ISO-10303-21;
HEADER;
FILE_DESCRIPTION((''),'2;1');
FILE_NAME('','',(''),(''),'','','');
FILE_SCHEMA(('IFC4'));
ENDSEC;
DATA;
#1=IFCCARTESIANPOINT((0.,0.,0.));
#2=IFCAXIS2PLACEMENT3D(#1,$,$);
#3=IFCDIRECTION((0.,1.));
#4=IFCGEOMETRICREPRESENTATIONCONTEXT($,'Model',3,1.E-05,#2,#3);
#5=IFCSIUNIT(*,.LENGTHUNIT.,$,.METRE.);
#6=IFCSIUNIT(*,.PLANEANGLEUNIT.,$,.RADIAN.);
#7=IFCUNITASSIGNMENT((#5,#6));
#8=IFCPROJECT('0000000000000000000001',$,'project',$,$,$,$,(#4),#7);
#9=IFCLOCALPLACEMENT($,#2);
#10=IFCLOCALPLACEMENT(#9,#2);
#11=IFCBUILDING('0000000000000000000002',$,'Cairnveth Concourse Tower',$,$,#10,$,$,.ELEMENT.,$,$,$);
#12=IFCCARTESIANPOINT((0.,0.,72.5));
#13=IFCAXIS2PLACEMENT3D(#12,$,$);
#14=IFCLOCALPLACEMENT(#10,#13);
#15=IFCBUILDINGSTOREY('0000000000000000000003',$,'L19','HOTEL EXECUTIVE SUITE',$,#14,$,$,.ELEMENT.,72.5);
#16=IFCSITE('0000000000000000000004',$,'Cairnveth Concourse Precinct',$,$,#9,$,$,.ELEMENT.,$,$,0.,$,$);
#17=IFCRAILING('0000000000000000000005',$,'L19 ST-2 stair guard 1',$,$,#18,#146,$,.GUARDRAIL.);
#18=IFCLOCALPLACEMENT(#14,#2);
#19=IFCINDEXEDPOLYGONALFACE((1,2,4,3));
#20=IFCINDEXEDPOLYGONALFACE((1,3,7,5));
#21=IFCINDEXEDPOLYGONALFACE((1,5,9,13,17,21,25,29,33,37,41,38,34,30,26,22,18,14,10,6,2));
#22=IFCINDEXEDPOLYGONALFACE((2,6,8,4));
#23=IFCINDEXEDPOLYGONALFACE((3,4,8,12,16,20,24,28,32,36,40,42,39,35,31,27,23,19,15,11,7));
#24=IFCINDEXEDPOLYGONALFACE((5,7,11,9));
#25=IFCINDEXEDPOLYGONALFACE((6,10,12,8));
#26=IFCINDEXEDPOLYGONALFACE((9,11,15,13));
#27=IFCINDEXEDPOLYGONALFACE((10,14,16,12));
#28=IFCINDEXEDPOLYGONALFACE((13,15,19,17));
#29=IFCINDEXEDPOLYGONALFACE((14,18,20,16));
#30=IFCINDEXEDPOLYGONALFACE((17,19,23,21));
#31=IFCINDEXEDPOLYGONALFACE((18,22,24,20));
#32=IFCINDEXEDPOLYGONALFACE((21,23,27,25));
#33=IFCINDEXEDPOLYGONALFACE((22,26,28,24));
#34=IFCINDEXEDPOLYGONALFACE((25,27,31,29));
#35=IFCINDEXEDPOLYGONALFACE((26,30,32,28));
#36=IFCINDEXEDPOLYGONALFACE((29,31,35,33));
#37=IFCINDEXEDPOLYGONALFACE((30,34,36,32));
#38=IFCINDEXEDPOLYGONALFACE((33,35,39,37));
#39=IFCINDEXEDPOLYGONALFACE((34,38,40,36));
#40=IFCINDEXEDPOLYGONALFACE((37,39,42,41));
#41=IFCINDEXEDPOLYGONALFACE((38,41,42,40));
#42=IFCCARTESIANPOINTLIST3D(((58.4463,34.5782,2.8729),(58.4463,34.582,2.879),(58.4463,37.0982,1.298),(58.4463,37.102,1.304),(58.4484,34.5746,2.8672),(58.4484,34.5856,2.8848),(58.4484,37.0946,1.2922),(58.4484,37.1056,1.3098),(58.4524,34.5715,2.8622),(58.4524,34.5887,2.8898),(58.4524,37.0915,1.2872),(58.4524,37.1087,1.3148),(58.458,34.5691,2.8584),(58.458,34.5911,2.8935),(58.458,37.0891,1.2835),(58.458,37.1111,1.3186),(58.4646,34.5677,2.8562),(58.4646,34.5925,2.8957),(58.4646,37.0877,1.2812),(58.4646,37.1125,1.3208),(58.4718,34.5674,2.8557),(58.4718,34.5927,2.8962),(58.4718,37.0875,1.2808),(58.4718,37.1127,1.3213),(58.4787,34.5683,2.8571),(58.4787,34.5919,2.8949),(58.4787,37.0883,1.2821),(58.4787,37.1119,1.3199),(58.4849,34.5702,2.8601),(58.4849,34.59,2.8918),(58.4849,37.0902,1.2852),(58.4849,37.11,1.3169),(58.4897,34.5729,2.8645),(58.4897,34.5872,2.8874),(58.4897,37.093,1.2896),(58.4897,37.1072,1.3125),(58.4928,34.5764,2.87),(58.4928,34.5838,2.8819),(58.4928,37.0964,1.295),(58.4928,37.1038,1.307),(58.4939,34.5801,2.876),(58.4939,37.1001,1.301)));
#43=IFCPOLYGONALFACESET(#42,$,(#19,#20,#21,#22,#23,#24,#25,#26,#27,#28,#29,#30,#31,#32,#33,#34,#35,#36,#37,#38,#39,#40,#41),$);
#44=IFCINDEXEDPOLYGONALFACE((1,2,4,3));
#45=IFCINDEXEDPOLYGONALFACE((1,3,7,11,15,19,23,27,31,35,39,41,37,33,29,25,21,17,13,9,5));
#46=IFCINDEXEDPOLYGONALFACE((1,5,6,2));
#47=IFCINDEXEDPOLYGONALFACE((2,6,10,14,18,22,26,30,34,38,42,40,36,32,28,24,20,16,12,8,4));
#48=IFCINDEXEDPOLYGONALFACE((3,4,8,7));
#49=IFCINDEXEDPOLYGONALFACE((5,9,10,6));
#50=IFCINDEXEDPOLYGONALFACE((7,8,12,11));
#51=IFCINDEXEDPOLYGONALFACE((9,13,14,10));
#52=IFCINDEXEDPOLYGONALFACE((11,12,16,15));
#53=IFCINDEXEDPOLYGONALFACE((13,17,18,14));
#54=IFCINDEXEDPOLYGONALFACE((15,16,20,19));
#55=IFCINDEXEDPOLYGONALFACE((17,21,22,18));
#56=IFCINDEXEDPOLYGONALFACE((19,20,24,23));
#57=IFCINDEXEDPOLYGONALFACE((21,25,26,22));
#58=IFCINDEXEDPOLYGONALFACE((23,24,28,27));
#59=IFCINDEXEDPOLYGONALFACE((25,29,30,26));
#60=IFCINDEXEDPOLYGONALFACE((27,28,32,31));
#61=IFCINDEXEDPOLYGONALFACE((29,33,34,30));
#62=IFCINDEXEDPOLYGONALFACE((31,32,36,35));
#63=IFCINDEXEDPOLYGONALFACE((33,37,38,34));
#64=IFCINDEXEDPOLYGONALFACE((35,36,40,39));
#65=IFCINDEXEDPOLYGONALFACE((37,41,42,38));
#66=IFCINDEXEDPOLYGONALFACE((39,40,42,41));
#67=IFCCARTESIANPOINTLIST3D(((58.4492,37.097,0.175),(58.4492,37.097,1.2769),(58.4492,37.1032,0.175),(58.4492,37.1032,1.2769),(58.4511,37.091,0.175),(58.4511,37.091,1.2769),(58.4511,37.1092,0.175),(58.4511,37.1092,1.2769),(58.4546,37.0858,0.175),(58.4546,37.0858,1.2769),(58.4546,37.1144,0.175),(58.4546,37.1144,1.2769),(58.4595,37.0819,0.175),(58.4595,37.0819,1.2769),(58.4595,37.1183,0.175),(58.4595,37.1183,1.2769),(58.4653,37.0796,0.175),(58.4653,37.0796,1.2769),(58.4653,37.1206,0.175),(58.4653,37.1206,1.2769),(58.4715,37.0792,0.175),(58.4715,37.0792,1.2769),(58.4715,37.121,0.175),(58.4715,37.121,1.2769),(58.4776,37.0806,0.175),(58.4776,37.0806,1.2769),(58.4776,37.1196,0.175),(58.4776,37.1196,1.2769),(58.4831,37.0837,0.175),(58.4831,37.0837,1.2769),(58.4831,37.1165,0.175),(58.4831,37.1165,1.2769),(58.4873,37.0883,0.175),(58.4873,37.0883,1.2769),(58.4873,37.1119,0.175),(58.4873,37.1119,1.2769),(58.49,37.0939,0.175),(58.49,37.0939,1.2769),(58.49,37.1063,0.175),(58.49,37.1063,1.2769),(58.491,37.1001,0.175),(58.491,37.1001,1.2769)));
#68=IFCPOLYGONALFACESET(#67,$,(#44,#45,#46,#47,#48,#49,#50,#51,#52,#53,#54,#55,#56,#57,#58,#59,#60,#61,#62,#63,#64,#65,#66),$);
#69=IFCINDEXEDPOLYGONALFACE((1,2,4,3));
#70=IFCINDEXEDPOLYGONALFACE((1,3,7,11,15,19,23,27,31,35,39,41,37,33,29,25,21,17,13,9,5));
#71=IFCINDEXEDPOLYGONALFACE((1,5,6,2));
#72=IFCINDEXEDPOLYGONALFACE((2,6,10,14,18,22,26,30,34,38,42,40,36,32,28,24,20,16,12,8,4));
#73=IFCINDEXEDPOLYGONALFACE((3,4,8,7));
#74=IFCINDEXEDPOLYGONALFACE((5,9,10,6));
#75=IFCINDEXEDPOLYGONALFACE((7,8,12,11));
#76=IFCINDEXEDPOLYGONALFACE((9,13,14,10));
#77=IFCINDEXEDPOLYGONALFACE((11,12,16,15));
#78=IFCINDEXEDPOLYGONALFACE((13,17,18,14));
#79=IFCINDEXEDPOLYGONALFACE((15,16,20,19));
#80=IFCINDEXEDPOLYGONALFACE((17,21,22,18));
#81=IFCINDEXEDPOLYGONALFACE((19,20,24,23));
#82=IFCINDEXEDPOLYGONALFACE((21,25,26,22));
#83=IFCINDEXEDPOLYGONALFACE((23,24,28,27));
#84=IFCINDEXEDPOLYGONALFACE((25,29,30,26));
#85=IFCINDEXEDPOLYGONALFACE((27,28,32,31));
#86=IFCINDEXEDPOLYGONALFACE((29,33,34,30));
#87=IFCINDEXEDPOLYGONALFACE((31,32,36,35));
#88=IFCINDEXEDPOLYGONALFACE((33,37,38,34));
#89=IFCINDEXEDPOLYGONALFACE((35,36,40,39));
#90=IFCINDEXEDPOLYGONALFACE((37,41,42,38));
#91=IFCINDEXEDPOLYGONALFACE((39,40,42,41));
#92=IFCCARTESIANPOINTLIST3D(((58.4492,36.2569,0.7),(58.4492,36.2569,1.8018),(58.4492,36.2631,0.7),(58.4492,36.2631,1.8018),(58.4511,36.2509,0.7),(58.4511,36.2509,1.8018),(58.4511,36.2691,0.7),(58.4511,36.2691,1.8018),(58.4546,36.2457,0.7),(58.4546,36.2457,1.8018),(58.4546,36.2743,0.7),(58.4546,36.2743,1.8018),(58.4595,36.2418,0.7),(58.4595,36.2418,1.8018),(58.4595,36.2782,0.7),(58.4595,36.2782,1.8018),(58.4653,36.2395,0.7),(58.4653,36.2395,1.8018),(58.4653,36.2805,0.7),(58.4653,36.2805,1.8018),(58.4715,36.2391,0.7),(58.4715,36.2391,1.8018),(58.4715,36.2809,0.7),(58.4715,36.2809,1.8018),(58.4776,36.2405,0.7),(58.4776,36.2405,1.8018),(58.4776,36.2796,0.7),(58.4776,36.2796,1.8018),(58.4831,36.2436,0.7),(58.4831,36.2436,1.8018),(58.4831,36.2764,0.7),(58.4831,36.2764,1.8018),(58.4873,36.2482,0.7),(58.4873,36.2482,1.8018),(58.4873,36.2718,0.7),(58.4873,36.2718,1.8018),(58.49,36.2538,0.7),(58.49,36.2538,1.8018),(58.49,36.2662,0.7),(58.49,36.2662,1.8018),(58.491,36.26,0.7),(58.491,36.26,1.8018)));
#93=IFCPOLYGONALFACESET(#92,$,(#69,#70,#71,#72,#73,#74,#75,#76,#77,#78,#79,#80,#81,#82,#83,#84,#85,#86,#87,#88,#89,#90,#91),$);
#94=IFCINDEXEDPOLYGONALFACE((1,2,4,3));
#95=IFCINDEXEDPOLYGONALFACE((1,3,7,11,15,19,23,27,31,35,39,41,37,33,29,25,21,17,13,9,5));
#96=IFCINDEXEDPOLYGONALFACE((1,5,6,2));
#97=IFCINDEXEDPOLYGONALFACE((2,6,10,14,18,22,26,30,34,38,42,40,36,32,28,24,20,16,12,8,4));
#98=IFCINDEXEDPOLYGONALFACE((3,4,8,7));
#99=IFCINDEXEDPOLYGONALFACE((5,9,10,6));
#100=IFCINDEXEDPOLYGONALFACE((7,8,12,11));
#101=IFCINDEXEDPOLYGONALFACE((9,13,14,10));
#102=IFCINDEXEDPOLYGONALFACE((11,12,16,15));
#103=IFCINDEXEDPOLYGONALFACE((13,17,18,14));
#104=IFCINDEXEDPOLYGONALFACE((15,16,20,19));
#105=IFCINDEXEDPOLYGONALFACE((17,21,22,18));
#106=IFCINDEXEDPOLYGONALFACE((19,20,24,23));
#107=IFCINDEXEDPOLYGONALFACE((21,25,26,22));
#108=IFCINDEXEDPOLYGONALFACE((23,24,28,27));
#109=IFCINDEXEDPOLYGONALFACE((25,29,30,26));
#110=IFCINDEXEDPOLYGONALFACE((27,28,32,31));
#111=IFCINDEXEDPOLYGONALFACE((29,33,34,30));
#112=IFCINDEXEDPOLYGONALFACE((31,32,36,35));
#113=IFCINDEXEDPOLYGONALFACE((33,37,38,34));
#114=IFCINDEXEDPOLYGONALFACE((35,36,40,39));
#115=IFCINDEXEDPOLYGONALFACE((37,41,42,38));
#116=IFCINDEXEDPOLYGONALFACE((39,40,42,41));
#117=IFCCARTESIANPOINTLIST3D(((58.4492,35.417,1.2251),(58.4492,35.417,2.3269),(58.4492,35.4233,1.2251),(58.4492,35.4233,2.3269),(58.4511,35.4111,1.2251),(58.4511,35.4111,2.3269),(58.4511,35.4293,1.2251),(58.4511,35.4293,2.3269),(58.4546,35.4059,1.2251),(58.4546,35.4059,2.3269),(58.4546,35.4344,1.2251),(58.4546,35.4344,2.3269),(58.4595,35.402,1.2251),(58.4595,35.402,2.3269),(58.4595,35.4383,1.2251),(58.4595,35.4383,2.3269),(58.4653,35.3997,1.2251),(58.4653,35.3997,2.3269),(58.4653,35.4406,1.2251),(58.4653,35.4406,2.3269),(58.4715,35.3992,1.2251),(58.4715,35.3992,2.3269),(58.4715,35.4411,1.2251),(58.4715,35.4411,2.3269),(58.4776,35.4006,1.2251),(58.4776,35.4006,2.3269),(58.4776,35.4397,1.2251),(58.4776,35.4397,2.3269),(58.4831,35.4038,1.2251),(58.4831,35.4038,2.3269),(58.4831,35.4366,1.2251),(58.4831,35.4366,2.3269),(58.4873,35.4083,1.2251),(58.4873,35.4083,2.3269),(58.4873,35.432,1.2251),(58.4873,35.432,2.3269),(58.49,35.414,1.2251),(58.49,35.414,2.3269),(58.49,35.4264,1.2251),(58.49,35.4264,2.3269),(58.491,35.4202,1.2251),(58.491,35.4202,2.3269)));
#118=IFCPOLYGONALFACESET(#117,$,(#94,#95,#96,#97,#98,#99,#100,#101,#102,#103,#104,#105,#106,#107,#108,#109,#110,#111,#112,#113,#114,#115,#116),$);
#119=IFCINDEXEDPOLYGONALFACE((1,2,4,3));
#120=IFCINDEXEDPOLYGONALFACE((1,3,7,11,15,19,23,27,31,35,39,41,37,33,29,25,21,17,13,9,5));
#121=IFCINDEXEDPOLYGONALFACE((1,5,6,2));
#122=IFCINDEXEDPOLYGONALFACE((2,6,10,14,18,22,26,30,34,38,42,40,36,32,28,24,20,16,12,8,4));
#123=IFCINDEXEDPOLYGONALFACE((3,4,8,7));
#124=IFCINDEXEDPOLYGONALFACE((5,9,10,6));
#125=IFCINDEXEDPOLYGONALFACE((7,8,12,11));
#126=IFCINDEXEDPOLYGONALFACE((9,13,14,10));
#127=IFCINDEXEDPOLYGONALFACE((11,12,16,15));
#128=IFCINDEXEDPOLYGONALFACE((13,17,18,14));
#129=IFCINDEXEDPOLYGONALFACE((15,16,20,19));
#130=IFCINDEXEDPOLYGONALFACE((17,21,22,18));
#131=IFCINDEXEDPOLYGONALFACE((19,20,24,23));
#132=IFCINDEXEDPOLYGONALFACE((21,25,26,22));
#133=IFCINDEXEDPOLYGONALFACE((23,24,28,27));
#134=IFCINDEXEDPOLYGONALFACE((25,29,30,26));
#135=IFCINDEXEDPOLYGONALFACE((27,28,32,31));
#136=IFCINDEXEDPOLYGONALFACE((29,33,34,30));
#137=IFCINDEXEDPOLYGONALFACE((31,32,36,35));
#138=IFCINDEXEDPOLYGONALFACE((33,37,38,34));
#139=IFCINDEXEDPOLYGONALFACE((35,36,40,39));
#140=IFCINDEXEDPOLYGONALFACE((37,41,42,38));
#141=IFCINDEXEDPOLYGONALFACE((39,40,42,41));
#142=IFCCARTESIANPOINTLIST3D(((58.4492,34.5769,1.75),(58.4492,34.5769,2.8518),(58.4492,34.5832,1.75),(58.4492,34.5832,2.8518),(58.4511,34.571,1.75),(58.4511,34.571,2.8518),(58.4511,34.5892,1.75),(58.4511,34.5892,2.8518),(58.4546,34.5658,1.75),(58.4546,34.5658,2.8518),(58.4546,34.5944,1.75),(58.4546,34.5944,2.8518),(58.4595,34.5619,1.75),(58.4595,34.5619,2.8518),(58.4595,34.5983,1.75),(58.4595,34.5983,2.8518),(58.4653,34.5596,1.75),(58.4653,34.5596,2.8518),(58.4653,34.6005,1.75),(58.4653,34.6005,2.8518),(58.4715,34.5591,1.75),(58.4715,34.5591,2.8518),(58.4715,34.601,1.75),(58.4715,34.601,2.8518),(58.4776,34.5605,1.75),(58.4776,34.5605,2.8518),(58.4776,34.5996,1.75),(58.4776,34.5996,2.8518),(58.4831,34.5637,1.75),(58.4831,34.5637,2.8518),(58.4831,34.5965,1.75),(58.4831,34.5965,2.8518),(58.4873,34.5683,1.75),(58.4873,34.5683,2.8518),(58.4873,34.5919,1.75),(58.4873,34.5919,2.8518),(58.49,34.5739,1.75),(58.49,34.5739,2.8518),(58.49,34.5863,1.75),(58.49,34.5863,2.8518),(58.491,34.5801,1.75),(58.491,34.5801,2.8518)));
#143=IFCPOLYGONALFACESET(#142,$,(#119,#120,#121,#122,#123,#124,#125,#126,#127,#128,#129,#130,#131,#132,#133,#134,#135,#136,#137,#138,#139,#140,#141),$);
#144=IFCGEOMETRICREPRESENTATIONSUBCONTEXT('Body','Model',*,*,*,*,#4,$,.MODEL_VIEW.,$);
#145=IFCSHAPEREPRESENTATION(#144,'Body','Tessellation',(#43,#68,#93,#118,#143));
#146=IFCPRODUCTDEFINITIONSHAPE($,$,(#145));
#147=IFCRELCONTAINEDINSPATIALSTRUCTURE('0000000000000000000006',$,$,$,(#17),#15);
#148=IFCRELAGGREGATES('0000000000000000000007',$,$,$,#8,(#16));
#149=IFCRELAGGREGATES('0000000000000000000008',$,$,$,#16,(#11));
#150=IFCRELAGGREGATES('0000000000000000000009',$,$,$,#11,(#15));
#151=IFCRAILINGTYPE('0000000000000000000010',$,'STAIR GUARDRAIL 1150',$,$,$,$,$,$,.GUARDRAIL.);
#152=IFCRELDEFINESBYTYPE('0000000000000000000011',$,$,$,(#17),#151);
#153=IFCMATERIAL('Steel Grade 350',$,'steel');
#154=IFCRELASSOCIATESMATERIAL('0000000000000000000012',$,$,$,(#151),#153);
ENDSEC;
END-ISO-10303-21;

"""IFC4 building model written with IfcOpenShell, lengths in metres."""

from ifc_helpers import new_model, si_unit, direction, frame, origin, origin_2d, place, context, subcontext, project, spatial, circle, extrude, material, type_object, element, save


model = new_model("IFC4")

# Units and contexts
model_context = context("Model", 3, precision=1e-05, world=origin(), true_north=direction((0.0, 1.0)))
body_context = subcontext(model_context, "Body", "Model", "MODEL_VIEW")
ifc_project = project(units=[si_unit("LENGTHUNIT", "METRE"), si_unit("PLANEANGLEUNIT", "RADIAN")], contexts=[model_context])

# Site, building, storey
site_placement = place(None, origin())
site = spatial("IfcSite", under=ifc_project, at=site_placement, Name="Cairnveth Concourse Precinct", CompositionType="ELEMENT", RefElevation=0.0)
building_placement = place(site_placement, origin())
building = spatial("IfcBuilding", under=site, at=building_placement, Name="Cairnveth Concourse Tower", CompositionType="ELEMENT")
storey_placement = place(building_placement, frame((0.0, 0.0, 72.5)))
storey = spatial("IfcBuildingStorey", under=building, at=storey_placement, Name="L19", Description="HOTEL EXECUTIVE SUITE", CompositionType="ELEMENT", Elevation=72.5)

# Shared definitions
ifc_material_1 = material(Name="Steel Grade 350", Category="steel")

# Railing
railing_type_1 = type_object("IfcRailingType", Name="STAIR GUARDRAIL 1150", PredefinedType="GUARDRAIL", material=ifc_material_1)
railing_1_placement = place(storey_placement, frame((58.47, 37.1001, 0.175)))
element("IfcRailing", 1, at=railing_1_placement, inside=storey, type_object=railing_type_1, Name="L19 ST-2 stair guard 1", PredefinedType="GUARDRAIL", context=body_context, shape_type="SweptSolid", body=[
    extrude(circle(Radius=0.0239, at=origin_2d()), frame((0.0, 0.0, 1.126), z_axis=(0.0, -0.848008, 0.529984), x_axis=(1.0, 0.0, 0.0)), (0.0, 0.0, 1.0), 2.9717),
    extrude(circle(Radius=0.021, at=origin_2d()), origin(), (0.0, 0.0, 1.0), 1.1018),
    extrude(circle(Radius=0.021, at=origin_2d()), frame((0.0, -0.8401, 0.5249)), (0.0, 0.0, 1.0), 1.1018),
    extrude(circle(Radius=0.021, at=origin_2d()), frame((0.0, -1.6799, 1.05)), (0.0, 0.0, 1.0), 1.1018),
    extrude(circle(Radius=0.021, at=origin_2d()), frame((0.0, -2.52, 1.575)), (0.0, 0.0, 1.0), 1.1018),
])

save(model, "model.ifc")
